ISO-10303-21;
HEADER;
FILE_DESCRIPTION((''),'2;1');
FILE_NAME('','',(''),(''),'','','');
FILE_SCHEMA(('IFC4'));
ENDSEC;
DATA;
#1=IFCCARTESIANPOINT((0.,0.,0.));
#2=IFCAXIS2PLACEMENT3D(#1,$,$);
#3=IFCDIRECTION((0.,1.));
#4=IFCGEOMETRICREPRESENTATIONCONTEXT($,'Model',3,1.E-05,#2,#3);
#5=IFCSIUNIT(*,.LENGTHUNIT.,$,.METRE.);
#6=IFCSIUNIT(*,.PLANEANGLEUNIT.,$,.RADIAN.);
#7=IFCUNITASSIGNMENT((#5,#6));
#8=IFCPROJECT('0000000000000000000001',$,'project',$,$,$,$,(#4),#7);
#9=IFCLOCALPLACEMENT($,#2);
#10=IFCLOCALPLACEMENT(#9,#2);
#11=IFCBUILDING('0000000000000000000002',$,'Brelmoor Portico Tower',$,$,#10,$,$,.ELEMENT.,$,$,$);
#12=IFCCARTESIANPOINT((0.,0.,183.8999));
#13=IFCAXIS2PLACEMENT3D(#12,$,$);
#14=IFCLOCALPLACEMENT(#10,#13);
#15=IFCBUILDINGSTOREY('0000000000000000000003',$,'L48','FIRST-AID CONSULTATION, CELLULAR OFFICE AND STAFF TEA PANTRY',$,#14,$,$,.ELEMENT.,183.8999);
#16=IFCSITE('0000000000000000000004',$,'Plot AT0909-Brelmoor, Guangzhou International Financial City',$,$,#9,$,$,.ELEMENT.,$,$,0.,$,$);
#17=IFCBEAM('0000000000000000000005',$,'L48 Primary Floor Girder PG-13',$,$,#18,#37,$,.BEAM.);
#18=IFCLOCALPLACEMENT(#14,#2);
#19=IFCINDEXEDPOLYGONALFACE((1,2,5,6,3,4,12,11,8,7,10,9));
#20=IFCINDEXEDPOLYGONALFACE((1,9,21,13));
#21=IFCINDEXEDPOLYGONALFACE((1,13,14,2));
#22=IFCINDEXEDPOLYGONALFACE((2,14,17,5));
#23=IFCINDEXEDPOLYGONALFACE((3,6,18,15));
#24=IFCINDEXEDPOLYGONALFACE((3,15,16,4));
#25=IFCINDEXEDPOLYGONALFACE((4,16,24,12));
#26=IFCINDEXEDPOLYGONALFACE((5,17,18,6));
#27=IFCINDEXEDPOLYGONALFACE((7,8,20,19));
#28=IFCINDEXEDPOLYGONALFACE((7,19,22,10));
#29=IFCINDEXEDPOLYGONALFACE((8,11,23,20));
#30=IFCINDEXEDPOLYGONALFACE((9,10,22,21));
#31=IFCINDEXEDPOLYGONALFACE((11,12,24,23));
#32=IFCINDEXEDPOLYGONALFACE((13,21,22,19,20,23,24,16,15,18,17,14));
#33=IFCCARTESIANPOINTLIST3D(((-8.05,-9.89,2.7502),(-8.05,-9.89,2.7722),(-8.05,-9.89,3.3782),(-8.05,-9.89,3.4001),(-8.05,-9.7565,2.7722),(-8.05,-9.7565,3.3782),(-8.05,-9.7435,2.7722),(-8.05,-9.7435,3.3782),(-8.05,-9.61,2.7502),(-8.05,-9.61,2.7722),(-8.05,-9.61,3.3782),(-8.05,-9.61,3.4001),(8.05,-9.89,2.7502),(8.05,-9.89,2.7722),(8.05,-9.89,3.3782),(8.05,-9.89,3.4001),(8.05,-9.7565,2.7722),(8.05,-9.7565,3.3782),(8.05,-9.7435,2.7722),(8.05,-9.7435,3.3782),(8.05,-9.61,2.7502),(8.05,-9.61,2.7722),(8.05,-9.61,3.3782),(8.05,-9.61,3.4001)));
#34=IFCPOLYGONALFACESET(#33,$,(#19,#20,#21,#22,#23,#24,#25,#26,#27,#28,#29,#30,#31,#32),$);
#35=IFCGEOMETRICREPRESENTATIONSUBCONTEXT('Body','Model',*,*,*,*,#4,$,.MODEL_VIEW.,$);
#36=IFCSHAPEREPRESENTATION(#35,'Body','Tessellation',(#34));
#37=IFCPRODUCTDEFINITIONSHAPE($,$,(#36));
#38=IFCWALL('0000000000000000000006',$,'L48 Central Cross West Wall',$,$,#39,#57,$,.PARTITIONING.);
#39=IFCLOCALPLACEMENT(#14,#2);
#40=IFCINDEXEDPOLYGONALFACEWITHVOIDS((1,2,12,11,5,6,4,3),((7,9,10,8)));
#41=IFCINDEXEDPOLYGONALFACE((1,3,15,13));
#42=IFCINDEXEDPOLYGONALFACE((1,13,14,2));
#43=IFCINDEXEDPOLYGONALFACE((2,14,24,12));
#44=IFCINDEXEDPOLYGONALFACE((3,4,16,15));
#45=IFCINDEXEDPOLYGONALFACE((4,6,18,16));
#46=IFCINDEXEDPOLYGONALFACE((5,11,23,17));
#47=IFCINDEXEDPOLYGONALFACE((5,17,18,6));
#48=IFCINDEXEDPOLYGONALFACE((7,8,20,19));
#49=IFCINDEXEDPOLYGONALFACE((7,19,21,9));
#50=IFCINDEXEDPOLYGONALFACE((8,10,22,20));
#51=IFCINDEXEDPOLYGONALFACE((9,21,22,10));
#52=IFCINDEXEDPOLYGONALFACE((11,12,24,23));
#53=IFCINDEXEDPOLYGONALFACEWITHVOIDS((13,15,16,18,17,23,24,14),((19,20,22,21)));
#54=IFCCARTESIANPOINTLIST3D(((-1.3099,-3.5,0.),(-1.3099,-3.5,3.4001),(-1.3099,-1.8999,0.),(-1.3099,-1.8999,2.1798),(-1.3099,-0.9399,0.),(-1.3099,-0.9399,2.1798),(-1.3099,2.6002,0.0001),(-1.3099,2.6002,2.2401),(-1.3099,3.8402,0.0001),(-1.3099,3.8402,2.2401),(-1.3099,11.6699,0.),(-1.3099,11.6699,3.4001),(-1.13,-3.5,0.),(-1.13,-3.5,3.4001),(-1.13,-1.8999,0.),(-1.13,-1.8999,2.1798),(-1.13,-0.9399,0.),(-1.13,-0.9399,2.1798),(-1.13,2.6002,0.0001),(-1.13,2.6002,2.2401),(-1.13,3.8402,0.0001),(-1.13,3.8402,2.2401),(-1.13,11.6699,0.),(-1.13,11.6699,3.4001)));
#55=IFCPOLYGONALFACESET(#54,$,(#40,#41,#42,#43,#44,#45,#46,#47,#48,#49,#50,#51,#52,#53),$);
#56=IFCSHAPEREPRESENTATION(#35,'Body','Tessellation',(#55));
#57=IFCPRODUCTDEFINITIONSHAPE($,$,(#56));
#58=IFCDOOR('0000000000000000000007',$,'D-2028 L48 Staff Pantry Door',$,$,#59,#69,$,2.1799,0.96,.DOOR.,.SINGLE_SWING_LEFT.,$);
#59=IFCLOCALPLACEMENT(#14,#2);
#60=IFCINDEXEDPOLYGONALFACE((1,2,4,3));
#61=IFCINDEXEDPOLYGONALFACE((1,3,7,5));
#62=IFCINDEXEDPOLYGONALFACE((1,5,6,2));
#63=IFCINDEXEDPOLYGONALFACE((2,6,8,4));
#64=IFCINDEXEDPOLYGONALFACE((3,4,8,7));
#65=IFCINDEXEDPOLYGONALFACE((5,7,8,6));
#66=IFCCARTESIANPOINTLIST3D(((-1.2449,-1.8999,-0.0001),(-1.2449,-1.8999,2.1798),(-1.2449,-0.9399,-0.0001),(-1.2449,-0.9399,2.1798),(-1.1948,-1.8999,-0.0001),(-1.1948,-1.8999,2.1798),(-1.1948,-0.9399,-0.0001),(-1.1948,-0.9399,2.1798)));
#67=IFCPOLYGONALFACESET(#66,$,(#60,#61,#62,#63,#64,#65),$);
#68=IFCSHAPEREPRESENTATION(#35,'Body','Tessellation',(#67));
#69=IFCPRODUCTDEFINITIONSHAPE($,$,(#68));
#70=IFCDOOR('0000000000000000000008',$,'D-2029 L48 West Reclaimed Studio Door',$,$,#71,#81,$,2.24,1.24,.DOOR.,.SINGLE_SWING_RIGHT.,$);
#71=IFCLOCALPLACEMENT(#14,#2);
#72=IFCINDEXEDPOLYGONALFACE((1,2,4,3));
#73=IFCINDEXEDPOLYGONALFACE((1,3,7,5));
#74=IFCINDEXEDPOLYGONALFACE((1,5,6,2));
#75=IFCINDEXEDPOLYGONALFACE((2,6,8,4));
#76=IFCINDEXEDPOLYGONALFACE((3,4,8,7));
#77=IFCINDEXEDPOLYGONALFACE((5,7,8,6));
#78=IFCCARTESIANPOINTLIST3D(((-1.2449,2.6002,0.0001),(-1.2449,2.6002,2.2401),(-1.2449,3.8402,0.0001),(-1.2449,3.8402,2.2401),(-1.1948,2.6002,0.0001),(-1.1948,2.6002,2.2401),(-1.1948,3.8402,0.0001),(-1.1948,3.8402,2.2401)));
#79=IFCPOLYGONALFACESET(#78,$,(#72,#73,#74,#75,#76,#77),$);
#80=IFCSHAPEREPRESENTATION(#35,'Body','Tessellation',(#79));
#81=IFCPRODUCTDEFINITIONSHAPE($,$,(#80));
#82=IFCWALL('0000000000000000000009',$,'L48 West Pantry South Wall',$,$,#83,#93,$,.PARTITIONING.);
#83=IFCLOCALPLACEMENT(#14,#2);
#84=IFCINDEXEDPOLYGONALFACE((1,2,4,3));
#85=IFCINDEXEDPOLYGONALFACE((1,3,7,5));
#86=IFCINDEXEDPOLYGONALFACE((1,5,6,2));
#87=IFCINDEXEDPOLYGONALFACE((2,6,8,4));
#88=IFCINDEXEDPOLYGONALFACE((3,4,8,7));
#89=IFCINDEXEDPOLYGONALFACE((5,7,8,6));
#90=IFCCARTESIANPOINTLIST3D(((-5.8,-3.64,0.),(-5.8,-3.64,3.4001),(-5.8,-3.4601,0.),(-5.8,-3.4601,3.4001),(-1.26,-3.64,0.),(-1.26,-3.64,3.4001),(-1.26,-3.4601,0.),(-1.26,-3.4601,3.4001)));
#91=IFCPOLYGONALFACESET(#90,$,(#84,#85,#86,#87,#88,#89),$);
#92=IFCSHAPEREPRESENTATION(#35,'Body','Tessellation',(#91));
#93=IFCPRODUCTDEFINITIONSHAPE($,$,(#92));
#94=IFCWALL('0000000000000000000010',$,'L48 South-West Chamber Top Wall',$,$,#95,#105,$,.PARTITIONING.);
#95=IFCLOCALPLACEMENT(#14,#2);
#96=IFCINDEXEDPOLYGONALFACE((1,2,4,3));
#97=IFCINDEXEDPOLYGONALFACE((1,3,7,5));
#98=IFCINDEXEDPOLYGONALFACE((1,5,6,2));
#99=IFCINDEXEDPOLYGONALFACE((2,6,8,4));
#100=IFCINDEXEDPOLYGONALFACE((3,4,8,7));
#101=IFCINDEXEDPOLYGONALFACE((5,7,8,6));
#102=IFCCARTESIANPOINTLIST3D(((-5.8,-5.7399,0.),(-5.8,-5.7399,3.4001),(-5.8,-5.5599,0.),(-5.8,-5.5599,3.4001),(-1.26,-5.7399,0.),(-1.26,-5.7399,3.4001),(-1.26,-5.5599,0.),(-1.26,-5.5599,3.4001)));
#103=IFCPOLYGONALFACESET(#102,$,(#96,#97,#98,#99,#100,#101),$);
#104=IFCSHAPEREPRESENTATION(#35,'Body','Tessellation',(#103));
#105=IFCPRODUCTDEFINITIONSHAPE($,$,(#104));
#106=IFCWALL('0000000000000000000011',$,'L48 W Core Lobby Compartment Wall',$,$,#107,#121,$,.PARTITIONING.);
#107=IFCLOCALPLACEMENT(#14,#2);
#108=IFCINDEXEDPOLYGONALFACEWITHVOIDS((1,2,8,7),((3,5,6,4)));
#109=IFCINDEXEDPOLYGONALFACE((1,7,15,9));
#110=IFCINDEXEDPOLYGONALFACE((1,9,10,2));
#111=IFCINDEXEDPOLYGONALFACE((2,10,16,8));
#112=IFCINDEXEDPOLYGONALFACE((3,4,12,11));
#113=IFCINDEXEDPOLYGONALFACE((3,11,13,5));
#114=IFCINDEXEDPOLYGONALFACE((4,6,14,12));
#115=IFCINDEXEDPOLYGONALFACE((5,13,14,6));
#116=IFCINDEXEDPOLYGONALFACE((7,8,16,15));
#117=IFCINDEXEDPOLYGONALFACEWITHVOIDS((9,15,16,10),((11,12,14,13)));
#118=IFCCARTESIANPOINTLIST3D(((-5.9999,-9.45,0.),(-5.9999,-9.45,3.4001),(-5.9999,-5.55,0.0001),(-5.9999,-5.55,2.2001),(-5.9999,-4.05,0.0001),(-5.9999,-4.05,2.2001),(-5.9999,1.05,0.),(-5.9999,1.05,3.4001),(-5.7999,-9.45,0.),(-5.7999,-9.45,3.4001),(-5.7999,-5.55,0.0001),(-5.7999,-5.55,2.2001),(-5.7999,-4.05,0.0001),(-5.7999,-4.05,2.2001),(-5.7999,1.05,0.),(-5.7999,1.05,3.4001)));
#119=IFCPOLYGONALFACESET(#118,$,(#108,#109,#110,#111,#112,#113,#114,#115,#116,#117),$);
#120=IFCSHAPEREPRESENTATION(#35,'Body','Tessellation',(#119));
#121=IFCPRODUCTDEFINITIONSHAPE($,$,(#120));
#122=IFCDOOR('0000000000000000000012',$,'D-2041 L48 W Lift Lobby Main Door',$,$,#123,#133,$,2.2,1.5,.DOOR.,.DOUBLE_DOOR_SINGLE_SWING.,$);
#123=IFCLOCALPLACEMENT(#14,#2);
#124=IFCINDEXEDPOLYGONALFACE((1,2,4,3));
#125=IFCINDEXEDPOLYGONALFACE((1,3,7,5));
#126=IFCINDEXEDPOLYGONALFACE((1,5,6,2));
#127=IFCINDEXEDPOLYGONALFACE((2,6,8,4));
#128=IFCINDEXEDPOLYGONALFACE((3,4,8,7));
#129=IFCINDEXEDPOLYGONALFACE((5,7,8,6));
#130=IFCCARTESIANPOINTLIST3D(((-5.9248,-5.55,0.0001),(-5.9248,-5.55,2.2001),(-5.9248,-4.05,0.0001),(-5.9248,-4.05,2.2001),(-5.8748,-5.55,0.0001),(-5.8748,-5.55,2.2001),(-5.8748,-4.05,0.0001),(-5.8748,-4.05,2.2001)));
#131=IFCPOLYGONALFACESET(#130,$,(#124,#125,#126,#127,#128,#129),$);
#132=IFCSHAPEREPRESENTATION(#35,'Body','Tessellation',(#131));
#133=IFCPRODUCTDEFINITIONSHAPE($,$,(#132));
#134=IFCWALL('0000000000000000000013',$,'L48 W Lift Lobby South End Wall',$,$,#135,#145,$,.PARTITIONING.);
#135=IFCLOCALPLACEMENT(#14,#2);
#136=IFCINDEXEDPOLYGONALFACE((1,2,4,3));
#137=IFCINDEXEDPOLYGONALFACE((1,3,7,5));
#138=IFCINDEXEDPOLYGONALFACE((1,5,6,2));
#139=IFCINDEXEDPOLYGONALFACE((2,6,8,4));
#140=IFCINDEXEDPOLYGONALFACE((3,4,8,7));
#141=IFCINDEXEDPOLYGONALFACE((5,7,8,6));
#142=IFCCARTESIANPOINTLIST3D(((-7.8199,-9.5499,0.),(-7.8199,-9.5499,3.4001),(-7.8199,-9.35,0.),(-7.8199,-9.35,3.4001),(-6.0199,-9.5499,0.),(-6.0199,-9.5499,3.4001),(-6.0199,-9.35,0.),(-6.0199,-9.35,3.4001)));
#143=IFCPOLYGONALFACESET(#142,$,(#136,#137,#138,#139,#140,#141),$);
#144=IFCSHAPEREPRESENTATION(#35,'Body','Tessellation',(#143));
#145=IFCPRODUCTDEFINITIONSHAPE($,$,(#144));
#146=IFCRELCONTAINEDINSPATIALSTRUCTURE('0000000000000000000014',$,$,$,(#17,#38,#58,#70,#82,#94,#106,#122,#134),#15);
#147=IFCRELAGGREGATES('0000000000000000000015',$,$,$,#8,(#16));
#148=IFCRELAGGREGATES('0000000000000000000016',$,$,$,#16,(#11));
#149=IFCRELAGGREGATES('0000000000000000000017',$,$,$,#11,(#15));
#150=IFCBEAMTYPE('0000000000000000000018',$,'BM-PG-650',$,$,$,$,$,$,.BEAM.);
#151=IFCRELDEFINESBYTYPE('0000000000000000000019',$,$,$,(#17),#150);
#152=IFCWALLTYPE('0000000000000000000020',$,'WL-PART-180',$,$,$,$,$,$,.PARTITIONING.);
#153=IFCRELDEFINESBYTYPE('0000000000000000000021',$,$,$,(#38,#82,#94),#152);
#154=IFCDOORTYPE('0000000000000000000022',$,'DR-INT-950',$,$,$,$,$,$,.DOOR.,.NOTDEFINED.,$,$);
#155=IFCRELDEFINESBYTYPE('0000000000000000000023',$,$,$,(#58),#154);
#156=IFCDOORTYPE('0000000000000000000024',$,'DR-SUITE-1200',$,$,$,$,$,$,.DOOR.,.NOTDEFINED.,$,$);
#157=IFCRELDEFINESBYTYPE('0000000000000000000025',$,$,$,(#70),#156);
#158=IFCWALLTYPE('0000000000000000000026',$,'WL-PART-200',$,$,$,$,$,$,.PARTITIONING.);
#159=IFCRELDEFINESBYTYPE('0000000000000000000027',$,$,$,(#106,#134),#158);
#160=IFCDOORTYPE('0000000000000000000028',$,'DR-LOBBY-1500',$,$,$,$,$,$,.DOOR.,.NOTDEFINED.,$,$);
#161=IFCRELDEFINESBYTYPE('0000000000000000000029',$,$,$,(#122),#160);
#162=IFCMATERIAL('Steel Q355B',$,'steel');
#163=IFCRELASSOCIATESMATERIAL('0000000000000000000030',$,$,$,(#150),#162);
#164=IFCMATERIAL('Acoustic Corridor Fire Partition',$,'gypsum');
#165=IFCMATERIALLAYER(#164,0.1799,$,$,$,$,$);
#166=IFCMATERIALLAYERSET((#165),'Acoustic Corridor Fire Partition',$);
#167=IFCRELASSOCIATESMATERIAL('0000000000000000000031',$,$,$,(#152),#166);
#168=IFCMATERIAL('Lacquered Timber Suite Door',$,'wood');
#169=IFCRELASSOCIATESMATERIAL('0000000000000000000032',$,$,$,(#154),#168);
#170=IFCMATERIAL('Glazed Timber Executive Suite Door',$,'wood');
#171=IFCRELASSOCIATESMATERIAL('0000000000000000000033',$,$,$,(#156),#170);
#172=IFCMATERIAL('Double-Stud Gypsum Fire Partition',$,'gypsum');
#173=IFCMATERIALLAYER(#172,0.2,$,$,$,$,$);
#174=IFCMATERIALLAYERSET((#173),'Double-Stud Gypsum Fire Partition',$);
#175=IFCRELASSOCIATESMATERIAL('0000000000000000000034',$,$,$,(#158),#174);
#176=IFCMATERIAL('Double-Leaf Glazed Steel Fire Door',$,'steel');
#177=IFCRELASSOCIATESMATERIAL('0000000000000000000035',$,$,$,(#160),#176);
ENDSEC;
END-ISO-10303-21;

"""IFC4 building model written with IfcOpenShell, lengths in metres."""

from ifc_helpers import new_model, si_unit, direction, frame, frame_2d, origin, origin_2d, place, context, subcontext, project, spatial, rectangle, i_section, extrude, material, layer, layer_set, material_profile, profile_set, type_object, element, fill, save


model = new_model("IFC4")

# Units and contexts
model_context = context("Model", 3, precision=1e-05, world=origin(), true_north=direction((0.0, 1.0)))
body_context = subcontext(model_context, "Body", "Model", "MODEL_VIEW")
ifc_project = project(units=[si_unit("LENGTHUNIT", "METRE"), si_unit("PLANEANGLEUNIT", "RADIAN")], contexts=[model_context])

# Site, building, storey
site_placement = place(None, origin())
site = spatial("IfcSite", under=ifc_project, at=site_placement, Name="Plot AT0909-Brelmoor, Guangzhou International Financial City", CompositionType="ELEMENT", RefElevation=0.0)
building_placement = place(site_placement, origin())
building = spatial("IfcBuilding", under=site, at=building_placement, Name="Brelmoor Portico Tower", CompositionType="ELEMENT")
storey_placement = place(building_placement, frame((0.0, 0.0, 183.8999)))
storey = spatial("IfcBuildingStorey", under=building, at=storey_placement, Name="L48", Description="FIRST-AID CONSULTATION, CELLULAR OFFICE AND STAFF TEA PANTRY", CompositionType="ELEMENT", Elevation=183.8999)

# Beam
ifc_material_1 = material(Name="Steel Q355B", Category="steel")
ifc_material_profile = material_profile(ifc_material_1, i_section(OverallWidth=0.28, OverallDepth=0.6499, WebThickness=0.0129, FlangeThickness=0.022, at=origin_2d()), Name="HN 650x280x13x22")
ifc_profile_set = profile_set([ifc_material_profile], Name="Steel Q355B")
beam_type = type_object("IfcBeamType", Name="BM-PG-650", PredefinedType="BEAM", material=ifc_profile_set)
beam_placement = place(storey_placement, frame((-8.05, -9.75, 3.0752), z_axis=(1.0, 0.0, 0.0), x_axis=(0.0, 1.0, 0.0)))
element("IfcBeam", 1, at=beam_placement, inside=storey, type_object=beam_type, Name="L48 Primary Floor Girder PG-13", PredefinedType="BEAM", context=body_context, shape_type="SweptSolid", body=[
    extrude(i_section(OverallWidth=0.28, OverallDepth=0.6499, WebThickness=0.0129, FlangeThickness=0.022, at=origin_2d()), origin(), (0.0, 0.0, 1.0), 16.1001),
])

# Wall, openings, doors
ifc_material_2 = material(Name="Acoustic Corridor Fire Partition", Category="gypsum")
ifc_layer_1 = layer(ifc_material_2, 0.1799)
ifc_layer_set_1 = layer_set([ifc_layer_1], Name="Acoustic Corridor Fire Partition")
wall_type_1 = type_object("IfcWallType", Name="WL-PART-180", PredefinedType="PARTITIONING", material=ifc_layer_set_1)
wall_1_placement = place(storey_placement, frame((-1.22, -3.5, 0.0), z_axis=(0.0, 0.0, 1.0), x_axis=(0.0, 1.0, 0.0)))
wall_1 = element("IfcWall", 2, at=wall_1_placement, inside=storey, type_object=wall_type_1, Name="L48 Central Cross West Wall", PredefinedType="PARTITIONING", context=body_context, shape_type="SweptSolid", body=[
    extrude(rectangle(XDim=15.1699, YDim=0.1799, at=frame_2d((7.585, 0.0))), origin(), (0.0, 0.0, 1.0), 3.4001),
])
opening_1_placement = place(wall_1_placement, frame((6.1001, 0.0, 0.0)))
opening_1 = element("IfcOpeningElement", 3, at=opening_1_placement, cuts=wall_1, PredefinedType="OPENING", context=body_context, shape_type="SweptSolid", body=[
    extrude(rectangle(XDim=1.24, YDim=2.24, at=frame_2d((0.6201, 1.1201))), frame((0.0, 0.0999, 0.0), z_axis=(0.0, -1.0, 0.0), x_axis=(1.0, 0.0, 0.0)), (0.0, 0.0, 1.0), 0.2),
])
opening_2_placement = place(wall_1_placement, frame((1.6001, 0.0, 0.0)))
opening_2 = element("IfcOpeningElement", 4, at=opening_2_placement, cuts=wall_1, PredefinedType="OPENING", context=body_context, shape_type="SweptSolid", body=[
    extrude(rectangle(XDim=0.96, YDim=2.1799, at=frame_2d((0.48, 1.0898))), frame((0.0, 0.0999, 0.0), z_axis=(0.0, -1.0, 0.0), x_axis=(1.0, 0.0, 0.0)), (0.0, 0.0, 1.0), 0.2),
])
ifc_material_3 = material(Name="Lacquered Timber Suite Door", Category="wood")
door_type_1 = type_object("IfcDoorType", Name="DR-INT-950", OperationType="NOTDEFINED", PredefinedType="DOOR", material=ifc_material_3)
door_1_placement = place(opening_2_placement, origin())
door_1 = element("IfcDoor", 5, at=door_1_placement, inside=storey, type_object=door_type_1, Name="D-2028 L48 Staff Pantry Door", OperationType="SINGLE_SWING_LEFT", OverallHeight=2.1799, OverallWidth=0.96, PredefinedType="DOOR", context=body_context, shape_type="SweptSolid", body=[
    extrude(rectangle(XDim=0.96, YDim=2.1799, at=frame_2d((0.48, 1.0898))), frame((0.0, 0.0249, 0.0), z_axis=(0.0, -1.0, 0.0), x_axis=(1.0, 0.0, 0.0)), (0.0, 0.0, 1.0), 0.05),
])
fill(opening_2, door_1)
ifc_material_4 = material(Name="Glazed Timber Executive Suite Door", Category="wood")
door_type_2 = type_object("IfcDoorType", Name="DR-SUITE-1200", OperationType="NOTDEFINED", PredefinedType="DOOR", material=ifc_material_4)
door_2_placement = place(opening_1_placement, origin())
door_2 = element("IfcDoor", 6, at=door_2_placement, inside=storey, type_object=door_type_2, Name="D-2029 L48 West Reclaimed Studio Door", OperationType="SINGLE_SWING_RIGHT", OverallHeight=2.24, OverallWidth=1.24, PredefinedType="DOOR", context=body_context, shape_type="SweptSolid", body=[
    extrude(rectangle(XDim=1.24, YDim=2.24, at=frame_2d((0.6201, 1.1201))), frame((0.0, 0.0249, 0.0), z_axis=(0.0, -1.0, 0.0), x_axis=(1.0, 0.0, 0.0)), (0.0, 0.0, 1.0), 0.05),
])
fill(opening_1, door_2)

# Walls
for number, where, z_axis, x_axis, name in (
    (7, (-5.8, -3.55, 0.0), (0.0, 0.0, 1.0), (1.0, 0.0, 0.0), "L48 West Pantry South Wall"),
    (8, (-5.8, -5.6499, 0.0), (0.0, 0.0, 1.0), (1.0, 0.0, 0.0), "L48 South-West Chamber Top Wall"),
):
    element("IfcWall", number, at=place(storey_placement, frame(where, z_axis=z_axis, x_axis=x_axis)), inside=storey, type_object=wall_type_1, Name=name, PredefinedType="PARTITIONING", context=body_context, shape_type="SweptSolid", body=[
        extrude(rectangle(XDim=4.54, YDim=0.1799, at=frame_2d((2.27, 0.0))), origin(), (0.0, 0.0, 1.0), 3.4001),
    ])

# Wall, opening, door
ifc_material_5 = material(Name="Double-Stud Gypsum Fire Partition", Category="gypsum")
ifc_layer_2 = layer(ifc_material_5, 0.2)
ifc_layer_set_2 = layer_set([ifc_layer_2], Name="Double-Stud Gypsum Fire Partition")
wall_type_2 = type_object("IfcWallType", Name="WL-PART-200", PredefinedType="PARTITIONING", material=ifc_layer_set_2)
wall_2_placement = place(storey_placement, frame((-5.8999, -9.45, 0.0), z_axis=(0.0, 0.0, 1.0), x_axis=(0.0, 1.0, 0.0)))
wall_2 = element("IfcWall", 9, at=wall_2_placement, inside=storey, type_object=wall_type_2, Name="L48 W Core Lobby Compartment Wall", PredefinedType="PARTITIONING", context=body_context, shape_type="SweptSolid", body=[
    extrude(rectangle(XDim=10.5, YDim=0.2, at=frame_2d((5.25, 0.0))), origin(), (0.0, 0.0, 1.0), 3.4001),
])
opening_3_placement = place(wall_2_placement, frame((3.8999, 0.0, 0.0)))
opening_3 = element("IfcOpeningElement", 10, at=opening_3_placement, cuts=wall_2, PredefinedType="OPENING", context=body_context, shape_type="SweptSolid", body=[
    extrude(rectangle(XDim=1.5, YDim=2.2, at=frame_2d((0.75, 1.1001))), frame((0.0, 0.1099, 0.0), z_axis=(0.0, -1.0, 0.0), x_axis=(1.0, 0.0, 0.0)), (0.0, 0.0, 1.0), 0.22),
])
ifc_material_6 = material(Name="Double-Leaf Glazed Steel Fire Door", Category="steel")
door_type_3 = type_object("IfcDoorType", Name="DR-LOBBY-1500", OperationType="NOTDEFINED", PredefinedType="DOOR", material=ifc_material_6)
door_3_placement = place(opening_3_placement, origin())
door_3 = element("IfcDoor", 11, at=door_3_placement, inside=storey, type_object=door_type_3, Name="D-2041 L48 W Lift Lobby Main Door", OperationType="DOUBLE_DOOR_SINGLE_SWING", OverallHeight=2.2, OverallWidth=1.5, PredefinedType="DOOR", context=body_context, shape_type="SweptSolid", body=[
    extrude(rectangle(XDim=1.5, YDim=2.2, at=frame_2d((0.75, 1.1001))), frame((0.0, 0.0249, 0.0), z_axis=(0.0, -1.0, 0.0), x_axis=(1.0, 0.0, 0.0)), (0.0, 0.0, 1.0), 0.05),
])
fill(opening_3, door_3)

# Wall
wall_3_placement = place(storey_placement, frame((-6.02, -9.45, 0.0), z_axis=(0.0, 0.0, 1.0), x_axis=(-1.0, 0.0, 0.0)))
element("IfcWall", 12, at=wall_3_placement, inside=storey, type_object=wall_type_2, Name="L48 W Lift Lobby South End Wall", PredefinedType="PARTITIONING", context=body_context, shape_type="SweptSolid", body=[
    extrude(rectangle(XDim=1.8, YDim=0.2, at=frame_2d((0.8999, 0.0))), origin(), (0.0, 0.0, 1.0), 3.4001),
])

save(model, "model.ifc")
